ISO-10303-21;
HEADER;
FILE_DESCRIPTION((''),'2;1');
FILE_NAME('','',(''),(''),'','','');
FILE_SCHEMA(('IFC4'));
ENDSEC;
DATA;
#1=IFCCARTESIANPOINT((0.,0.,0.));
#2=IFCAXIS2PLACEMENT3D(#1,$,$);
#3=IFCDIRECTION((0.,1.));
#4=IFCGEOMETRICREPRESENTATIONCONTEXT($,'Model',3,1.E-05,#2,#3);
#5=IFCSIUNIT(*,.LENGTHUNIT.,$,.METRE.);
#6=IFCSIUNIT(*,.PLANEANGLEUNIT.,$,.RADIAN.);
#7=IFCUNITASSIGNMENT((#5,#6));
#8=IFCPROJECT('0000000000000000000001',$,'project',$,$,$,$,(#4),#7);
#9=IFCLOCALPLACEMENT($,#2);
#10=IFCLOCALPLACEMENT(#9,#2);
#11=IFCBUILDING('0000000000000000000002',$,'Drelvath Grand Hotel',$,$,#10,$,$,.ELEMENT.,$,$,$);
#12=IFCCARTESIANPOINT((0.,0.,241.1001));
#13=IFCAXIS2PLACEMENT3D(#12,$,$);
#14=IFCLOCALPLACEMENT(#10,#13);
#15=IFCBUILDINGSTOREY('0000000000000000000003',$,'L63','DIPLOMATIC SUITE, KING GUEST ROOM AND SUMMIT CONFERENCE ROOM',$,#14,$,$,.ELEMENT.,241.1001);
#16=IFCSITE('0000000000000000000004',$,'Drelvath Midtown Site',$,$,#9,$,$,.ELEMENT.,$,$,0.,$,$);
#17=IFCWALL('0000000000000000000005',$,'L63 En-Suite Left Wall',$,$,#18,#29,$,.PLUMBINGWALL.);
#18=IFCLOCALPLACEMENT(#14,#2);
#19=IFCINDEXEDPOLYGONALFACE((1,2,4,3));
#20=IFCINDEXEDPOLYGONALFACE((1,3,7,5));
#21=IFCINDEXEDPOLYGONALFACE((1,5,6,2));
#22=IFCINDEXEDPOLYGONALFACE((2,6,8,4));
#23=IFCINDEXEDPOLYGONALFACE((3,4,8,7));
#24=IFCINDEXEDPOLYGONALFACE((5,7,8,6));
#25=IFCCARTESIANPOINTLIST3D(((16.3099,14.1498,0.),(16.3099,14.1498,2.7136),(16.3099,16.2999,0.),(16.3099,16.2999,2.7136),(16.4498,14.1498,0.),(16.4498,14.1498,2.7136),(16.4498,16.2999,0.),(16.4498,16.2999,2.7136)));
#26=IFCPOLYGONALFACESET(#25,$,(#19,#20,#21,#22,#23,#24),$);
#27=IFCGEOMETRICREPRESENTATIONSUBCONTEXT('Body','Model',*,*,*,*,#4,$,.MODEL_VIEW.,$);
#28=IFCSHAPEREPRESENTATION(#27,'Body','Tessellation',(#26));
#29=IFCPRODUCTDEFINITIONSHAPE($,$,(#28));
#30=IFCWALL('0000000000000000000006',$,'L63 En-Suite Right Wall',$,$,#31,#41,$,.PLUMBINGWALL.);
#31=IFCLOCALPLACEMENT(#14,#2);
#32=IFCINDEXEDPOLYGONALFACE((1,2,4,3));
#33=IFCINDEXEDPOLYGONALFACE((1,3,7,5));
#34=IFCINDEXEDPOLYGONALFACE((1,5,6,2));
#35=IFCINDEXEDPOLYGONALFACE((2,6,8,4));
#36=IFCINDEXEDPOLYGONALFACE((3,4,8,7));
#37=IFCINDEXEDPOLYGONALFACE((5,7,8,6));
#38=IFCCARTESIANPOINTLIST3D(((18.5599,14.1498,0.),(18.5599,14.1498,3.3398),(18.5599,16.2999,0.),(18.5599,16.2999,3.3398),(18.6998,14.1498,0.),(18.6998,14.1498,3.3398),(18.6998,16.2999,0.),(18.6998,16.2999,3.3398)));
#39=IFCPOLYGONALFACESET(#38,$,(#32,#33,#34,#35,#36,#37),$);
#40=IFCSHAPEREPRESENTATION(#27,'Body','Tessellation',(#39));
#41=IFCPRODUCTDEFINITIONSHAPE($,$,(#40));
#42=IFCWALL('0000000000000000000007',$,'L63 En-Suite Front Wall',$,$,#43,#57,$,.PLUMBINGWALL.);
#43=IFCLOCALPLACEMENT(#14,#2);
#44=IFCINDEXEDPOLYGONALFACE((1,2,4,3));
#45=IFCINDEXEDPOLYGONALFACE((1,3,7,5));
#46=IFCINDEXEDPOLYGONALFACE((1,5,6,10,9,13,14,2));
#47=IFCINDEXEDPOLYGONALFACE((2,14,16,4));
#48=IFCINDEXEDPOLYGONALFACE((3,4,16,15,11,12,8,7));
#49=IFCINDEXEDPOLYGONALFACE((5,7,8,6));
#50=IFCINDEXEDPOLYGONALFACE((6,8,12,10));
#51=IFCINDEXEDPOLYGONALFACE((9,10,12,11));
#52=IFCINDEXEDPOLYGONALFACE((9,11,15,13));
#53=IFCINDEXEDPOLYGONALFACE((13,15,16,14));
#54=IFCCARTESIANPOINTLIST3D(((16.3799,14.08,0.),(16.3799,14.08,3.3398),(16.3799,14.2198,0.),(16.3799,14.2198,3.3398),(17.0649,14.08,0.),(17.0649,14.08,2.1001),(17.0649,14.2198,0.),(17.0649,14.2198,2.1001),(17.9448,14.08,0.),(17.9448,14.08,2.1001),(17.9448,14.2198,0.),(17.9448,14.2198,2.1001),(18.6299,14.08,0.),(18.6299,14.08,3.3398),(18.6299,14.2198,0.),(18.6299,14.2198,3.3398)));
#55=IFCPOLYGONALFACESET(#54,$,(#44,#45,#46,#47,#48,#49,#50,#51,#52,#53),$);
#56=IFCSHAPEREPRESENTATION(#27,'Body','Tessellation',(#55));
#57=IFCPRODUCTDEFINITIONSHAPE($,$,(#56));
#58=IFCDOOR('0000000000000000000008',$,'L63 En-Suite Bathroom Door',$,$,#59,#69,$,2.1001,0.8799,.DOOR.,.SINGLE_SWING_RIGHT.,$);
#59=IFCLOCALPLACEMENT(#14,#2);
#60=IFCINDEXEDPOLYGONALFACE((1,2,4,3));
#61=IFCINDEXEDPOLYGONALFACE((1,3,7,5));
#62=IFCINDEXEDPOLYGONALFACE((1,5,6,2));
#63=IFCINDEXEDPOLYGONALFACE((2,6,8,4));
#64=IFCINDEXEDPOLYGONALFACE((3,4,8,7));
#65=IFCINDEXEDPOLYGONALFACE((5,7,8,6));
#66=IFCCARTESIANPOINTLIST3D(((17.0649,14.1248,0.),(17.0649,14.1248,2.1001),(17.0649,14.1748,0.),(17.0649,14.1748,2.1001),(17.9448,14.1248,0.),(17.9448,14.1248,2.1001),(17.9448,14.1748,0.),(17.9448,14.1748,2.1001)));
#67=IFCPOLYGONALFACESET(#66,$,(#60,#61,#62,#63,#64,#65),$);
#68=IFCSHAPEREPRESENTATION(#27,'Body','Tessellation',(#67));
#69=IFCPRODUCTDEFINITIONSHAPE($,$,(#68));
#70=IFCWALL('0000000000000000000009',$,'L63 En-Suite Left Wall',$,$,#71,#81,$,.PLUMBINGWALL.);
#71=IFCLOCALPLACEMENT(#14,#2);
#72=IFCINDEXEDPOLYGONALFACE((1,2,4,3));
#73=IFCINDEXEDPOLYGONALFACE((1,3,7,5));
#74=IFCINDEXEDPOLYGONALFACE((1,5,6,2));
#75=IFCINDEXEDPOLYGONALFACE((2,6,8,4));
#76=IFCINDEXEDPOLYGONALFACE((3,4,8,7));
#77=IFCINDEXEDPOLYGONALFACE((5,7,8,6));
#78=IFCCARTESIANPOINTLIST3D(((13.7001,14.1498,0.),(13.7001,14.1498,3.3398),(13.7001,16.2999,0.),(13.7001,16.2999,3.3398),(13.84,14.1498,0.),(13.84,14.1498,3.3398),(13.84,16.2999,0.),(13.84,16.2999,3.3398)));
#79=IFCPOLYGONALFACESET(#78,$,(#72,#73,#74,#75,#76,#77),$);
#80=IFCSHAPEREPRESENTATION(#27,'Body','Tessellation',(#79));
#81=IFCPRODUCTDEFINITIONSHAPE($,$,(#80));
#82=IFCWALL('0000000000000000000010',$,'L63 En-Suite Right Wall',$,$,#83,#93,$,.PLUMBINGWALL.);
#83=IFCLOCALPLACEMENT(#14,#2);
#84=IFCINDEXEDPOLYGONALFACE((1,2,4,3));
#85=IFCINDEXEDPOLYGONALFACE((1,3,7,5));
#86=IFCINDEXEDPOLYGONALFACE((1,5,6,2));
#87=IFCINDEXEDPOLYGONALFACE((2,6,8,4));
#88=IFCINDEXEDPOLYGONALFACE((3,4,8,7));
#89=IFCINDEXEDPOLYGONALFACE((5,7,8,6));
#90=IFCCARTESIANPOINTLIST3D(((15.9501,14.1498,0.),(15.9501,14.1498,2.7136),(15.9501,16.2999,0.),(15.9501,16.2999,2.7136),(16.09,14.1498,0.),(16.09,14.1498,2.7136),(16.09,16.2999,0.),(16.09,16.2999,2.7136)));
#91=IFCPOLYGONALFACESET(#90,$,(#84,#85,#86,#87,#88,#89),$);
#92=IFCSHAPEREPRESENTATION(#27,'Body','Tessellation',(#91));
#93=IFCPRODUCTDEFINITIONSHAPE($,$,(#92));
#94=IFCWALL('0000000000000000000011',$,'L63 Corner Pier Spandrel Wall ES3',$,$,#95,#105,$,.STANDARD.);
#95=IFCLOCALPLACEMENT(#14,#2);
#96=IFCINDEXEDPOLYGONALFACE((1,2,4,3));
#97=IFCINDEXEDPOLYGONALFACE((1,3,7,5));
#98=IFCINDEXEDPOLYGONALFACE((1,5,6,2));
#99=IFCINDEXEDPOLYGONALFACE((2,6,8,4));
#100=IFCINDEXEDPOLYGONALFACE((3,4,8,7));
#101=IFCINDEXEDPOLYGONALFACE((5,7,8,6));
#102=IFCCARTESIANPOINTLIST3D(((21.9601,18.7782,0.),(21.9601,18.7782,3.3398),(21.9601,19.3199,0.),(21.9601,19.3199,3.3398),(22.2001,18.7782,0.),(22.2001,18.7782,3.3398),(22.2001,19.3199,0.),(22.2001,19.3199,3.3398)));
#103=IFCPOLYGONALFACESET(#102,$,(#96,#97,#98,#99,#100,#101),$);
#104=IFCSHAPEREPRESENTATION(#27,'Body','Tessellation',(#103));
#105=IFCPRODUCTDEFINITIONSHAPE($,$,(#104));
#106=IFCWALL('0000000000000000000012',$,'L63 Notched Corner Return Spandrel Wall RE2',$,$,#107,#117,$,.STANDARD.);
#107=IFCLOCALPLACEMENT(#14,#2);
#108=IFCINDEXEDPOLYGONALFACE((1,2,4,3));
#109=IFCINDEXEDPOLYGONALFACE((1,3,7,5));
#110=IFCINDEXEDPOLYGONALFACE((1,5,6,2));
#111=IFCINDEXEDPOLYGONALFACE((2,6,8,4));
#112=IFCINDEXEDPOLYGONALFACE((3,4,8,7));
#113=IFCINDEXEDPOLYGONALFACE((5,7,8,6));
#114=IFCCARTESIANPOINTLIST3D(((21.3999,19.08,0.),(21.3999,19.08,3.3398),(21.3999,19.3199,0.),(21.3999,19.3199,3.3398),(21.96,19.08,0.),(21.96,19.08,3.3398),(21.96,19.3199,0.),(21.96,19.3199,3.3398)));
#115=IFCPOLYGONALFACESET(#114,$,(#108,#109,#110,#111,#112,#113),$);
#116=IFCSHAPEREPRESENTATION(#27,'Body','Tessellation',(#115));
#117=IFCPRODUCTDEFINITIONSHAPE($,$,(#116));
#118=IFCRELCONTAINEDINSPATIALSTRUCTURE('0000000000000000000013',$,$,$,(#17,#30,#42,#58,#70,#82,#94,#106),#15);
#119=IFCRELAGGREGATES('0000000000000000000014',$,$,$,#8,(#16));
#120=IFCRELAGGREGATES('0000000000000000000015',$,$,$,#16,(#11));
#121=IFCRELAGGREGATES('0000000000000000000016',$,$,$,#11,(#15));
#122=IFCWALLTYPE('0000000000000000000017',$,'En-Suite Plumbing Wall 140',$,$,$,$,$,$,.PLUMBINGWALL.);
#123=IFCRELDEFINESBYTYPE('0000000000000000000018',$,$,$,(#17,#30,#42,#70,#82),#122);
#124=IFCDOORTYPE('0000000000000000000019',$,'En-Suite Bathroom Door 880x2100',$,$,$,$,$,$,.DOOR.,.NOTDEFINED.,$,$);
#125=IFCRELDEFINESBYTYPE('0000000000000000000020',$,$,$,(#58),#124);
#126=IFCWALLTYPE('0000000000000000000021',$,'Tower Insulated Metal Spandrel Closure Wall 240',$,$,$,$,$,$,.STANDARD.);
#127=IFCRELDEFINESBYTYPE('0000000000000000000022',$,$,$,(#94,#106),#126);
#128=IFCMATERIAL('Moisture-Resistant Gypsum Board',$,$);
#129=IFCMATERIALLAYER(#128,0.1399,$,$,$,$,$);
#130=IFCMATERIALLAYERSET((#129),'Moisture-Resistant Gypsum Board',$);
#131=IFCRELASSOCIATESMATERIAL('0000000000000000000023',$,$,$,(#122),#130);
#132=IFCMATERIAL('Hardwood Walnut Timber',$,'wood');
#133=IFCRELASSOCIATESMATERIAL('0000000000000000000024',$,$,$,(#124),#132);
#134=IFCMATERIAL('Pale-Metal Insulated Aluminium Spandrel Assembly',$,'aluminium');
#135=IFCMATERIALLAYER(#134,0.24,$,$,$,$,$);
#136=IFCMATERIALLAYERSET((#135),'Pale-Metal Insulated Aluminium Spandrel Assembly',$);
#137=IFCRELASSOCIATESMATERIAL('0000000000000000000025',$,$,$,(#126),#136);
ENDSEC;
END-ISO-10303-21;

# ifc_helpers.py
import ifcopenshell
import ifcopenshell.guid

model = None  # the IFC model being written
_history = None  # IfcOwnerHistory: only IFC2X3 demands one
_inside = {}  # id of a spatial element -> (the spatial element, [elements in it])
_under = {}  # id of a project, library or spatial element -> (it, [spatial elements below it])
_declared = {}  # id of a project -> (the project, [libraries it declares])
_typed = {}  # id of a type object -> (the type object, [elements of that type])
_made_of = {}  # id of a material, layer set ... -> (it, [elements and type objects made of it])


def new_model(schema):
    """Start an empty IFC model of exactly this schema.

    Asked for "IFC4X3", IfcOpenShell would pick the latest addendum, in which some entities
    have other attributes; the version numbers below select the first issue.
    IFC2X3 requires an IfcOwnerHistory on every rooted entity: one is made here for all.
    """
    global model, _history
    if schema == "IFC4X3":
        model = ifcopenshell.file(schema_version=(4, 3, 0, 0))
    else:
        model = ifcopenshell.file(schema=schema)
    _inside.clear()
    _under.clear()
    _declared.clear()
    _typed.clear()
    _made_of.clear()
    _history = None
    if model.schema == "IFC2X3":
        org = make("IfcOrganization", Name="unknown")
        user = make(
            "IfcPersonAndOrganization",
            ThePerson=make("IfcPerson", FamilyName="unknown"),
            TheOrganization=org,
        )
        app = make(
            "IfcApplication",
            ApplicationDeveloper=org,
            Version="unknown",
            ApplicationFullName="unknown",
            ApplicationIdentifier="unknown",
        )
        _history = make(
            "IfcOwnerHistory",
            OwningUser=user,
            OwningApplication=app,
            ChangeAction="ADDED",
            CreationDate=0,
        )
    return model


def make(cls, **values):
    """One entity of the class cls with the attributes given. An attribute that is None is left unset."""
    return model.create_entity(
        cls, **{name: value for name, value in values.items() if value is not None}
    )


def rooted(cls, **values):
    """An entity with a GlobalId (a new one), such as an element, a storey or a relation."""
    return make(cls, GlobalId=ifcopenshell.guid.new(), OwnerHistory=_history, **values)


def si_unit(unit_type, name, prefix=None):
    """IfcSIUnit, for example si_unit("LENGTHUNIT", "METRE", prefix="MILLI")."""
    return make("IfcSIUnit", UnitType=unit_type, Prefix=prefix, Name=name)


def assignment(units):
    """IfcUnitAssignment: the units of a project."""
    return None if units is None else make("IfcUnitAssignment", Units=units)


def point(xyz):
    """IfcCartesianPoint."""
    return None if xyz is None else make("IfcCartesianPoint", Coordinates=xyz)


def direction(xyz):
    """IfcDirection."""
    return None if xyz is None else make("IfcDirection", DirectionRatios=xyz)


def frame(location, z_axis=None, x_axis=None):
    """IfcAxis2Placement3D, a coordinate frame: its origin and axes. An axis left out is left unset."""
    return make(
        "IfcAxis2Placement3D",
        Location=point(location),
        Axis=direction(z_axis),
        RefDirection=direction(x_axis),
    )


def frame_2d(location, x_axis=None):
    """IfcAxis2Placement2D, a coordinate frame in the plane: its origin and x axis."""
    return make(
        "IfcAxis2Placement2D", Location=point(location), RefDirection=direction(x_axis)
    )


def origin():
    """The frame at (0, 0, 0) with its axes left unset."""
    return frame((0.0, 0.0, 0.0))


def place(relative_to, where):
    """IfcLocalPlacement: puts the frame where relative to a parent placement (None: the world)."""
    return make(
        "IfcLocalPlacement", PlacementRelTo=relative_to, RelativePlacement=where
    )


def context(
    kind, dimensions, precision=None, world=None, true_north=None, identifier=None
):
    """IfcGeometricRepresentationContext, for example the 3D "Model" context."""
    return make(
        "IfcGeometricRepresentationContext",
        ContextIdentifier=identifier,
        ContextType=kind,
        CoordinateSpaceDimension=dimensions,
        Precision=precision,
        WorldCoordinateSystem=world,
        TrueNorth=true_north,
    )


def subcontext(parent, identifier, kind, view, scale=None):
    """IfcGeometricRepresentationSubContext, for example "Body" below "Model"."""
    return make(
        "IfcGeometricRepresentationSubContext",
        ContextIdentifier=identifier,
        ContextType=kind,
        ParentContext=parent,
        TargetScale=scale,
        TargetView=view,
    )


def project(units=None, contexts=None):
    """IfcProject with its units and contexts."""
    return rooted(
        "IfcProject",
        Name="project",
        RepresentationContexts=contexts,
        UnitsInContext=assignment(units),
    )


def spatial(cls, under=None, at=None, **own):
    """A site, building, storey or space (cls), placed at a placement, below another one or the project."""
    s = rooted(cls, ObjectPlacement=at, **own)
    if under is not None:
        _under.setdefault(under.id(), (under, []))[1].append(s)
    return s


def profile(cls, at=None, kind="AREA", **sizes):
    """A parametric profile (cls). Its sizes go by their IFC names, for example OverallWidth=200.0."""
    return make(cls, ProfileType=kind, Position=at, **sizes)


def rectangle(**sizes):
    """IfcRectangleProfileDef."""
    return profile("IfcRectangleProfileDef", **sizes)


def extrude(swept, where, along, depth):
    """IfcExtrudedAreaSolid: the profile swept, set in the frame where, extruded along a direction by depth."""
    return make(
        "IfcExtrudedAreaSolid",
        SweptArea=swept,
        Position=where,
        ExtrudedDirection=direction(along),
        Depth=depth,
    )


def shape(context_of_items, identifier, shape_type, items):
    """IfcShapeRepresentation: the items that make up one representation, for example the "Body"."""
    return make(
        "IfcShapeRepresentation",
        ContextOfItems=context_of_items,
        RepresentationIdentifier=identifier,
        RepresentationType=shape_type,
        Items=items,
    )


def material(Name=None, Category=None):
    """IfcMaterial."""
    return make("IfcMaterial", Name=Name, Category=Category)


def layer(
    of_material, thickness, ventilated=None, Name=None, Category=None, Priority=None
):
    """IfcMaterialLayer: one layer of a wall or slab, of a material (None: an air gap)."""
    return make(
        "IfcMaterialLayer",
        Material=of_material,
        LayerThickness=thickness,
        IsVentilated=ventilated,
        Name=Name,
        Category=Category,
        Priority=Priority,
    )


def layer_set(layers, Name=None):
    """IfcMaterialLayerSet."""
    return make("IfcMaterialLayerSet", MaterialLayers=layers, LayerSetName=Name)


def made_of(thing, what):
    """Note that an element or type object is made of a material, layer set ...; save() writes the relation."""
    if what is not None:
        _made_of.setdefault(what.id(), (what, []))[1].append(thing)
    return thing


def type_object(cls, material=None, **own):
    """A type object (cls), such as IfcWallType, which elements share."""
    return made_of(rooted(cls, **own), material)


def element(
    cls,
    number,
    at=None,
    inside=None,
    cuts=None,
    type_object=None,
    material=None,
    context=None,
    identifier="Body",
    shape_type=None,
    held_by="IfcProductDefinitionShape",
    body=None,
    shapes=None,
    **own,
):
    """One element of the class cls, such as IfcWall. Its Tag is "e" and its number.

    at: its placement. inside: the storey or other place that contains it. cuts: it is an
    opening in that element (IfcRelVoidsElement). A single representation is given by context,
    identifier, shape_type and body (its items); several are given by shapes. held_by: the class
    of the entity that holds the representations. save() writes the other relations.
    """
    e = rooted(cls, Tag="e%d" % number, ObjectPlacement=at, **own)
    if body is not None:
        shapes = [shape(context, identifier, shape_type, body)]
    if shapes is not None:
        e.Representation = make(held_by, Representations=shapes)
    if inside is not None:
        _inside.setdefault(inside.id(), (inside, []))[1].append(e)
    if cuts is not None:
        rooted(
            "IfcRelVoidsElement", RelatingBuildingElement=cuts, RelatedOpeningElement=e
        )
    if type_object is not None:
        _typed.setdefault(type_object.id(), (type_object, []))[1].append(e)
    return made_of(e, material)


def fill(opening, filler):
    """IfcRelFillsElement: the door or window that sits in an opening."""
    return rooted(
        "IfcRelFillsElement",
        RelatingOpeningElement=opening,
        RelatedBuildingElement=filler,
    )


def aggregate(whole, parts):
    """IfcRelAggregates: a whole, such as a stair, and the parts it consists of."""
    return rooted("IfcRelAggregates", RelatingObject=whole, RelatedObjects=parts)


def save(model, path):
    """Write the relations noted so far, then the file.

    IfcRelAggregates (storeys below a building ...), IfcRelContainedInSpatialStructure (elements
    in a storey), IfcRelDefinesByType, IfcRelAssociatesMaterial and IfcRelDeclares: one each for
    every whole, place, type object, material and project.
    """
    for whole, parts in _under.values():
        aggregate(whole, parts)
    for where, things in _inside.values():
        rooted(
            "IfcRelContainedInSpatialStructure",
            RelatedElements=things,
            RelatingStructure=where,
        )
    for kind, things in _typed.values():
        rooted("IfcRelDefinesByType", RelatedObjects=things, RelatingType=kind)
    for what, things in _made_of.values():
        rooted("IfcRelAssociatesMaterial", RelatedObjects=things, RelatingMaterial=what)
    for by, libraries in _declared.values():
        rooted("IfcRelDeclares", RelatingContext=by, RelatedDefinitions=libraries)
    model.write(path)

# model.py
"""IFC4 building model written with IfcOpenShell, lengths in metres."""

from ifc_helpers import new_model, si_unit, direction, frame, frame_2d, origin, place, context, subcontext, project, spatial, rectangle, extrude, material, layer, layer_set, type_object, element, fill, save


model = new_model("IFC4")

# Units and contexts
model_context = context("Model", 3, precision=1e-05, world=origin(), true_north=direction((0.0, 1.0)))
body_context = subcontext(model_context, "Body", "Model", "MODEL_VIEW")
ifc_project = project(units=[si_unit("LENGTHUNIT", "METRE"), si_unit("PLANEANGLEUNIT", "RADIAN")], contexts=[model_context])

# Site, building, storey
site_placement = place(None, origin())
site = spatial("IfcSite", under=ifc_project, at=site_placement, Name="Drelvath Midtown Site", CompositionType="ELEMENT", RefElevation=0.0)
building_placement = place(site_placement, origin())
building = spatial("IfcBuilding", under=site, at=building_placement, Name="Drelvath Grand Hotel", CompositionType="ELEMENT")
storey_placement = place(building_placement, frame((0.0, 0.0, 241.1001)))
storey = spatial("IfcBuildingStorey", under=building, at=storey_placement, Name="L63", Description="DIPLOMATIC SUITE, KING GUEST ROOM AND SUMMIT CONFERENCE ROOM", CompositionType="ELEMENT", Elevation=241.1001)

# Walls
ifc_material_1 = material(Name="Moisture-Resistant Gypsum Board")
ifc_layer_1 = layer(ifc_material_1, 0.1399)
ifc_layer_set_1 = layer_set([ifc_layer_1], Name="Moisture-Resistant Gypsum Board")
wall_type_1 = type_object("IfcWallType", Name="En-Suite Plumbing Wall 140", PredefinedType="PLUMBINGWALL", material=ifc_layer_set_1)
wall_1_placement = place(storey_placement, frame((16.3799, 16.3, 0.0), z_axis=(0.0, 0.0, 1.0), x_axis=(0.0, -1.0, 0.0)))
element("IfcWall", 1, at=wall_1_placement, inside=storey, type_object=wall_type_1, Name="L63 En-Suite Left Wall", PredefinedType="PLUMBINGWALL", context=body_context, shape_type="SweptSolid", body=[
    extrude(rectangle(XDim=2.1501, YDim=0.1399, at=frame_2d((1.0752, 0.0))), origin(), (0.0, 0.0, 1.0), 2.7136),
])
wall_2_placement = place(storey_placement, frame((18.6299, 16.3, 0.0), z_axis=(0.0, 0.0, 1.0), x_axis=(0.0, -1.0, 0.0)))
element("IfcWall", 2, at=wall_2_placement, inside=storey, type_object=wall_type_1, Name="L63 En-Suite Right Wall", PredefinedType="PLUMBINGWALL", context=body_context, shape_type="SweptSolid", body=[
    extrude(rectangle(XDim=2.1501, YDim=0.1399, at=frame_2d((1.0752, 0.0))), origin(), (0.0, 0.0, 1.0), 3.3398),
])

# Wall, opening, door
wall_3_placement = place(storey_placement, frame((16.3799, 14.1499, 0.0), z_axis=(0.0, 0.0, 1.0), x_axis=(1.0, 0.0, 0.0)))
wall_3 = element("IfcWall", 3, at=wall_3_placement, inside=storey, type_object=wall_type_1, Name="L63 En-Suite Front Wall", PredefinedType="PLUMBINGWALL", context=body_context, shape_type="SweptSolid", body=[
    extrude(rectangle(XDim=2.25, YDim=0.1399, at=frame_2d((1.125, 0.0))), origin(), (0.0, 0.0, 1.0), 3.3398),
])
opening_placement = place(wall_3_placement, frame((0.6851, 0.0, 0.0)))
opening = element("IfcOpeningElement", 4, at=opening_placement, cuts=wall_3, PredefinedType="OPENING", context=body_context, shape_type="SweptSolid", body=[
    extrude(rectangle(XDim=0.8799, YDim=2.1001, at=frame_2d((0.4399, 1.05))), frame((0.0, 0.0798, 0.0), z_axis=(0.0, -1.0, 0.0), x_axis=(1.0, 0.0, 0.0)), (0.0, 0.0, 1.0), 0.1599),
])
ifc_material_2 = material(Name="Hardwood Walnut Timber", Category="wood")
door_type = type_object("IfcDoorType", Name="En-Suite Bathroom Door 880x2100", OperationType="NOTDEFINED", PredefinedType="DOOR", material=ifc_material_2)
door_placement = place(opening_placement, origin())
door = element("IfcDoor", 5, at=door_placement, inside=storey, type_object=door_type, Name="L63 En-Suite Bathroom Door", OperationType="SINGLE_SWING_RIGHT", OverallHeight=2.1001, OverallWidth=0.8799, PredefinedType="DOOR", context=body_context, shape_type="SweptSolid", body=[
    extrude(rectangle(XDim=0.8799, YDim=2.1001, at=frame_2d((0.4399, 1.05))), frame((0.0, 0.0249, 0.0), z_axis=(0.0, -1.0, 0.0), x_axis=(1.0, 0.0, 0.0)), (0.0, 0.0, 1.0), 0.05),
])
fill(opening, door)

# Walls
wall_4_placement = place(storey_placement, frame((13.77, 16.3, 0.0), z_axis=(0.0, 0.0, 1.0), x_axis=(0.0, -1.0, 0.0)))
element("IfcWall", 6, at=wall_4_placement, inside=storey, type_object=wall_type_1, Name="L63 En-Suite Left Wall", PredefinedType="PLUMBINGWALL", context=body_context, shape_type="SweptSolid", body=[
    extrude(rectangle(XDim=2.1501, YDim=0.1399, at=frame_2d((1.0752, 0.0))), origin(), (0.0, 0.0, 1.0), 3.3398),
])
wall_5_placement = place(storey_placement, frame((16.02, 16.3, 0.0), z_axis=(0.0, 0.0, 1.0), x_axis=(0.0, -1.0, 0.0)))
element("IfcWall", 7, at=wall_5_placement, inside=storey, type_object=wall_type_1, Name="L63 En-Suite Right Wall", PredefinedType="PLUMBINGWALL", context=body_context, shape_type="SweptSolid", body=[
    extrude(rectangle(XDim=2.1501, YDim=0.1399, at=frame_2d((1.0752, 0.0))), origin(), (0.0, 0.0, 1.0), 2.7136),
])
ifc_material_3 = material(Name="Pale-Metal Insulated Aluminium Spandrel Assembly", Category="aluminium")
ifc_layer_2 = layer(ifc_material_3, 0.24)
ifc_layer_set_2 = layer_set([ifc_layer_2], Name="Pale-Metal Insulated Aluminium Spandrel Assembly")
wall_type_2 = type_object("IfcWallType", Name="Tower Insulated Metal Spandrel Closure Wall 240", PredefinedType="STANDARD", material=ifc_layer_set_2)
wall_6_placement = place(storey_placement, frame((22.0801, 19.3201, 0.0), z_axis=(0.0, 0.0, 1.0), x_axis=(0.0, -1.0, 0.0)))
element("IfcWall", 8, at=wall_6_placement, inside=storey, type_object=wall_type_2, Name="L63 Corner Pier Spandrel Wall ES3", PredefinedType="STANDARD", context=body_context, shape_type="SweptSolid", body=[
    extrude(rectangle(XDim=0.5417, YDim=0.24, at=frame_2d((0.271, 0.0))), origin(), (0.0, 0.0, 1.0), 3.3398),
])
wall_7_placement = place(storey_placement, frame((21.3999, 19.2, 0.0), z_axis=(0.0, 0.0, 1.0), x_axis=(1.0, 0.0, 0.0)))
element("IfcWall", 9, at=wall_7_placement, inside=storey, type_object=wall_type_2, Name="L63 Notched Corner Return Spandrel Wall RE2", PredefinedType="STANDARD", context=body_context, shape_type="SweptSolid", body=[
    extrude(rectangle(XDim=0.5601, YDim=0.24, at=frame_2d((0.28, 0.0))), origin(), (0.0, 0.0, 1.0), 3.3398),
])

save(model, "model.ifc")
